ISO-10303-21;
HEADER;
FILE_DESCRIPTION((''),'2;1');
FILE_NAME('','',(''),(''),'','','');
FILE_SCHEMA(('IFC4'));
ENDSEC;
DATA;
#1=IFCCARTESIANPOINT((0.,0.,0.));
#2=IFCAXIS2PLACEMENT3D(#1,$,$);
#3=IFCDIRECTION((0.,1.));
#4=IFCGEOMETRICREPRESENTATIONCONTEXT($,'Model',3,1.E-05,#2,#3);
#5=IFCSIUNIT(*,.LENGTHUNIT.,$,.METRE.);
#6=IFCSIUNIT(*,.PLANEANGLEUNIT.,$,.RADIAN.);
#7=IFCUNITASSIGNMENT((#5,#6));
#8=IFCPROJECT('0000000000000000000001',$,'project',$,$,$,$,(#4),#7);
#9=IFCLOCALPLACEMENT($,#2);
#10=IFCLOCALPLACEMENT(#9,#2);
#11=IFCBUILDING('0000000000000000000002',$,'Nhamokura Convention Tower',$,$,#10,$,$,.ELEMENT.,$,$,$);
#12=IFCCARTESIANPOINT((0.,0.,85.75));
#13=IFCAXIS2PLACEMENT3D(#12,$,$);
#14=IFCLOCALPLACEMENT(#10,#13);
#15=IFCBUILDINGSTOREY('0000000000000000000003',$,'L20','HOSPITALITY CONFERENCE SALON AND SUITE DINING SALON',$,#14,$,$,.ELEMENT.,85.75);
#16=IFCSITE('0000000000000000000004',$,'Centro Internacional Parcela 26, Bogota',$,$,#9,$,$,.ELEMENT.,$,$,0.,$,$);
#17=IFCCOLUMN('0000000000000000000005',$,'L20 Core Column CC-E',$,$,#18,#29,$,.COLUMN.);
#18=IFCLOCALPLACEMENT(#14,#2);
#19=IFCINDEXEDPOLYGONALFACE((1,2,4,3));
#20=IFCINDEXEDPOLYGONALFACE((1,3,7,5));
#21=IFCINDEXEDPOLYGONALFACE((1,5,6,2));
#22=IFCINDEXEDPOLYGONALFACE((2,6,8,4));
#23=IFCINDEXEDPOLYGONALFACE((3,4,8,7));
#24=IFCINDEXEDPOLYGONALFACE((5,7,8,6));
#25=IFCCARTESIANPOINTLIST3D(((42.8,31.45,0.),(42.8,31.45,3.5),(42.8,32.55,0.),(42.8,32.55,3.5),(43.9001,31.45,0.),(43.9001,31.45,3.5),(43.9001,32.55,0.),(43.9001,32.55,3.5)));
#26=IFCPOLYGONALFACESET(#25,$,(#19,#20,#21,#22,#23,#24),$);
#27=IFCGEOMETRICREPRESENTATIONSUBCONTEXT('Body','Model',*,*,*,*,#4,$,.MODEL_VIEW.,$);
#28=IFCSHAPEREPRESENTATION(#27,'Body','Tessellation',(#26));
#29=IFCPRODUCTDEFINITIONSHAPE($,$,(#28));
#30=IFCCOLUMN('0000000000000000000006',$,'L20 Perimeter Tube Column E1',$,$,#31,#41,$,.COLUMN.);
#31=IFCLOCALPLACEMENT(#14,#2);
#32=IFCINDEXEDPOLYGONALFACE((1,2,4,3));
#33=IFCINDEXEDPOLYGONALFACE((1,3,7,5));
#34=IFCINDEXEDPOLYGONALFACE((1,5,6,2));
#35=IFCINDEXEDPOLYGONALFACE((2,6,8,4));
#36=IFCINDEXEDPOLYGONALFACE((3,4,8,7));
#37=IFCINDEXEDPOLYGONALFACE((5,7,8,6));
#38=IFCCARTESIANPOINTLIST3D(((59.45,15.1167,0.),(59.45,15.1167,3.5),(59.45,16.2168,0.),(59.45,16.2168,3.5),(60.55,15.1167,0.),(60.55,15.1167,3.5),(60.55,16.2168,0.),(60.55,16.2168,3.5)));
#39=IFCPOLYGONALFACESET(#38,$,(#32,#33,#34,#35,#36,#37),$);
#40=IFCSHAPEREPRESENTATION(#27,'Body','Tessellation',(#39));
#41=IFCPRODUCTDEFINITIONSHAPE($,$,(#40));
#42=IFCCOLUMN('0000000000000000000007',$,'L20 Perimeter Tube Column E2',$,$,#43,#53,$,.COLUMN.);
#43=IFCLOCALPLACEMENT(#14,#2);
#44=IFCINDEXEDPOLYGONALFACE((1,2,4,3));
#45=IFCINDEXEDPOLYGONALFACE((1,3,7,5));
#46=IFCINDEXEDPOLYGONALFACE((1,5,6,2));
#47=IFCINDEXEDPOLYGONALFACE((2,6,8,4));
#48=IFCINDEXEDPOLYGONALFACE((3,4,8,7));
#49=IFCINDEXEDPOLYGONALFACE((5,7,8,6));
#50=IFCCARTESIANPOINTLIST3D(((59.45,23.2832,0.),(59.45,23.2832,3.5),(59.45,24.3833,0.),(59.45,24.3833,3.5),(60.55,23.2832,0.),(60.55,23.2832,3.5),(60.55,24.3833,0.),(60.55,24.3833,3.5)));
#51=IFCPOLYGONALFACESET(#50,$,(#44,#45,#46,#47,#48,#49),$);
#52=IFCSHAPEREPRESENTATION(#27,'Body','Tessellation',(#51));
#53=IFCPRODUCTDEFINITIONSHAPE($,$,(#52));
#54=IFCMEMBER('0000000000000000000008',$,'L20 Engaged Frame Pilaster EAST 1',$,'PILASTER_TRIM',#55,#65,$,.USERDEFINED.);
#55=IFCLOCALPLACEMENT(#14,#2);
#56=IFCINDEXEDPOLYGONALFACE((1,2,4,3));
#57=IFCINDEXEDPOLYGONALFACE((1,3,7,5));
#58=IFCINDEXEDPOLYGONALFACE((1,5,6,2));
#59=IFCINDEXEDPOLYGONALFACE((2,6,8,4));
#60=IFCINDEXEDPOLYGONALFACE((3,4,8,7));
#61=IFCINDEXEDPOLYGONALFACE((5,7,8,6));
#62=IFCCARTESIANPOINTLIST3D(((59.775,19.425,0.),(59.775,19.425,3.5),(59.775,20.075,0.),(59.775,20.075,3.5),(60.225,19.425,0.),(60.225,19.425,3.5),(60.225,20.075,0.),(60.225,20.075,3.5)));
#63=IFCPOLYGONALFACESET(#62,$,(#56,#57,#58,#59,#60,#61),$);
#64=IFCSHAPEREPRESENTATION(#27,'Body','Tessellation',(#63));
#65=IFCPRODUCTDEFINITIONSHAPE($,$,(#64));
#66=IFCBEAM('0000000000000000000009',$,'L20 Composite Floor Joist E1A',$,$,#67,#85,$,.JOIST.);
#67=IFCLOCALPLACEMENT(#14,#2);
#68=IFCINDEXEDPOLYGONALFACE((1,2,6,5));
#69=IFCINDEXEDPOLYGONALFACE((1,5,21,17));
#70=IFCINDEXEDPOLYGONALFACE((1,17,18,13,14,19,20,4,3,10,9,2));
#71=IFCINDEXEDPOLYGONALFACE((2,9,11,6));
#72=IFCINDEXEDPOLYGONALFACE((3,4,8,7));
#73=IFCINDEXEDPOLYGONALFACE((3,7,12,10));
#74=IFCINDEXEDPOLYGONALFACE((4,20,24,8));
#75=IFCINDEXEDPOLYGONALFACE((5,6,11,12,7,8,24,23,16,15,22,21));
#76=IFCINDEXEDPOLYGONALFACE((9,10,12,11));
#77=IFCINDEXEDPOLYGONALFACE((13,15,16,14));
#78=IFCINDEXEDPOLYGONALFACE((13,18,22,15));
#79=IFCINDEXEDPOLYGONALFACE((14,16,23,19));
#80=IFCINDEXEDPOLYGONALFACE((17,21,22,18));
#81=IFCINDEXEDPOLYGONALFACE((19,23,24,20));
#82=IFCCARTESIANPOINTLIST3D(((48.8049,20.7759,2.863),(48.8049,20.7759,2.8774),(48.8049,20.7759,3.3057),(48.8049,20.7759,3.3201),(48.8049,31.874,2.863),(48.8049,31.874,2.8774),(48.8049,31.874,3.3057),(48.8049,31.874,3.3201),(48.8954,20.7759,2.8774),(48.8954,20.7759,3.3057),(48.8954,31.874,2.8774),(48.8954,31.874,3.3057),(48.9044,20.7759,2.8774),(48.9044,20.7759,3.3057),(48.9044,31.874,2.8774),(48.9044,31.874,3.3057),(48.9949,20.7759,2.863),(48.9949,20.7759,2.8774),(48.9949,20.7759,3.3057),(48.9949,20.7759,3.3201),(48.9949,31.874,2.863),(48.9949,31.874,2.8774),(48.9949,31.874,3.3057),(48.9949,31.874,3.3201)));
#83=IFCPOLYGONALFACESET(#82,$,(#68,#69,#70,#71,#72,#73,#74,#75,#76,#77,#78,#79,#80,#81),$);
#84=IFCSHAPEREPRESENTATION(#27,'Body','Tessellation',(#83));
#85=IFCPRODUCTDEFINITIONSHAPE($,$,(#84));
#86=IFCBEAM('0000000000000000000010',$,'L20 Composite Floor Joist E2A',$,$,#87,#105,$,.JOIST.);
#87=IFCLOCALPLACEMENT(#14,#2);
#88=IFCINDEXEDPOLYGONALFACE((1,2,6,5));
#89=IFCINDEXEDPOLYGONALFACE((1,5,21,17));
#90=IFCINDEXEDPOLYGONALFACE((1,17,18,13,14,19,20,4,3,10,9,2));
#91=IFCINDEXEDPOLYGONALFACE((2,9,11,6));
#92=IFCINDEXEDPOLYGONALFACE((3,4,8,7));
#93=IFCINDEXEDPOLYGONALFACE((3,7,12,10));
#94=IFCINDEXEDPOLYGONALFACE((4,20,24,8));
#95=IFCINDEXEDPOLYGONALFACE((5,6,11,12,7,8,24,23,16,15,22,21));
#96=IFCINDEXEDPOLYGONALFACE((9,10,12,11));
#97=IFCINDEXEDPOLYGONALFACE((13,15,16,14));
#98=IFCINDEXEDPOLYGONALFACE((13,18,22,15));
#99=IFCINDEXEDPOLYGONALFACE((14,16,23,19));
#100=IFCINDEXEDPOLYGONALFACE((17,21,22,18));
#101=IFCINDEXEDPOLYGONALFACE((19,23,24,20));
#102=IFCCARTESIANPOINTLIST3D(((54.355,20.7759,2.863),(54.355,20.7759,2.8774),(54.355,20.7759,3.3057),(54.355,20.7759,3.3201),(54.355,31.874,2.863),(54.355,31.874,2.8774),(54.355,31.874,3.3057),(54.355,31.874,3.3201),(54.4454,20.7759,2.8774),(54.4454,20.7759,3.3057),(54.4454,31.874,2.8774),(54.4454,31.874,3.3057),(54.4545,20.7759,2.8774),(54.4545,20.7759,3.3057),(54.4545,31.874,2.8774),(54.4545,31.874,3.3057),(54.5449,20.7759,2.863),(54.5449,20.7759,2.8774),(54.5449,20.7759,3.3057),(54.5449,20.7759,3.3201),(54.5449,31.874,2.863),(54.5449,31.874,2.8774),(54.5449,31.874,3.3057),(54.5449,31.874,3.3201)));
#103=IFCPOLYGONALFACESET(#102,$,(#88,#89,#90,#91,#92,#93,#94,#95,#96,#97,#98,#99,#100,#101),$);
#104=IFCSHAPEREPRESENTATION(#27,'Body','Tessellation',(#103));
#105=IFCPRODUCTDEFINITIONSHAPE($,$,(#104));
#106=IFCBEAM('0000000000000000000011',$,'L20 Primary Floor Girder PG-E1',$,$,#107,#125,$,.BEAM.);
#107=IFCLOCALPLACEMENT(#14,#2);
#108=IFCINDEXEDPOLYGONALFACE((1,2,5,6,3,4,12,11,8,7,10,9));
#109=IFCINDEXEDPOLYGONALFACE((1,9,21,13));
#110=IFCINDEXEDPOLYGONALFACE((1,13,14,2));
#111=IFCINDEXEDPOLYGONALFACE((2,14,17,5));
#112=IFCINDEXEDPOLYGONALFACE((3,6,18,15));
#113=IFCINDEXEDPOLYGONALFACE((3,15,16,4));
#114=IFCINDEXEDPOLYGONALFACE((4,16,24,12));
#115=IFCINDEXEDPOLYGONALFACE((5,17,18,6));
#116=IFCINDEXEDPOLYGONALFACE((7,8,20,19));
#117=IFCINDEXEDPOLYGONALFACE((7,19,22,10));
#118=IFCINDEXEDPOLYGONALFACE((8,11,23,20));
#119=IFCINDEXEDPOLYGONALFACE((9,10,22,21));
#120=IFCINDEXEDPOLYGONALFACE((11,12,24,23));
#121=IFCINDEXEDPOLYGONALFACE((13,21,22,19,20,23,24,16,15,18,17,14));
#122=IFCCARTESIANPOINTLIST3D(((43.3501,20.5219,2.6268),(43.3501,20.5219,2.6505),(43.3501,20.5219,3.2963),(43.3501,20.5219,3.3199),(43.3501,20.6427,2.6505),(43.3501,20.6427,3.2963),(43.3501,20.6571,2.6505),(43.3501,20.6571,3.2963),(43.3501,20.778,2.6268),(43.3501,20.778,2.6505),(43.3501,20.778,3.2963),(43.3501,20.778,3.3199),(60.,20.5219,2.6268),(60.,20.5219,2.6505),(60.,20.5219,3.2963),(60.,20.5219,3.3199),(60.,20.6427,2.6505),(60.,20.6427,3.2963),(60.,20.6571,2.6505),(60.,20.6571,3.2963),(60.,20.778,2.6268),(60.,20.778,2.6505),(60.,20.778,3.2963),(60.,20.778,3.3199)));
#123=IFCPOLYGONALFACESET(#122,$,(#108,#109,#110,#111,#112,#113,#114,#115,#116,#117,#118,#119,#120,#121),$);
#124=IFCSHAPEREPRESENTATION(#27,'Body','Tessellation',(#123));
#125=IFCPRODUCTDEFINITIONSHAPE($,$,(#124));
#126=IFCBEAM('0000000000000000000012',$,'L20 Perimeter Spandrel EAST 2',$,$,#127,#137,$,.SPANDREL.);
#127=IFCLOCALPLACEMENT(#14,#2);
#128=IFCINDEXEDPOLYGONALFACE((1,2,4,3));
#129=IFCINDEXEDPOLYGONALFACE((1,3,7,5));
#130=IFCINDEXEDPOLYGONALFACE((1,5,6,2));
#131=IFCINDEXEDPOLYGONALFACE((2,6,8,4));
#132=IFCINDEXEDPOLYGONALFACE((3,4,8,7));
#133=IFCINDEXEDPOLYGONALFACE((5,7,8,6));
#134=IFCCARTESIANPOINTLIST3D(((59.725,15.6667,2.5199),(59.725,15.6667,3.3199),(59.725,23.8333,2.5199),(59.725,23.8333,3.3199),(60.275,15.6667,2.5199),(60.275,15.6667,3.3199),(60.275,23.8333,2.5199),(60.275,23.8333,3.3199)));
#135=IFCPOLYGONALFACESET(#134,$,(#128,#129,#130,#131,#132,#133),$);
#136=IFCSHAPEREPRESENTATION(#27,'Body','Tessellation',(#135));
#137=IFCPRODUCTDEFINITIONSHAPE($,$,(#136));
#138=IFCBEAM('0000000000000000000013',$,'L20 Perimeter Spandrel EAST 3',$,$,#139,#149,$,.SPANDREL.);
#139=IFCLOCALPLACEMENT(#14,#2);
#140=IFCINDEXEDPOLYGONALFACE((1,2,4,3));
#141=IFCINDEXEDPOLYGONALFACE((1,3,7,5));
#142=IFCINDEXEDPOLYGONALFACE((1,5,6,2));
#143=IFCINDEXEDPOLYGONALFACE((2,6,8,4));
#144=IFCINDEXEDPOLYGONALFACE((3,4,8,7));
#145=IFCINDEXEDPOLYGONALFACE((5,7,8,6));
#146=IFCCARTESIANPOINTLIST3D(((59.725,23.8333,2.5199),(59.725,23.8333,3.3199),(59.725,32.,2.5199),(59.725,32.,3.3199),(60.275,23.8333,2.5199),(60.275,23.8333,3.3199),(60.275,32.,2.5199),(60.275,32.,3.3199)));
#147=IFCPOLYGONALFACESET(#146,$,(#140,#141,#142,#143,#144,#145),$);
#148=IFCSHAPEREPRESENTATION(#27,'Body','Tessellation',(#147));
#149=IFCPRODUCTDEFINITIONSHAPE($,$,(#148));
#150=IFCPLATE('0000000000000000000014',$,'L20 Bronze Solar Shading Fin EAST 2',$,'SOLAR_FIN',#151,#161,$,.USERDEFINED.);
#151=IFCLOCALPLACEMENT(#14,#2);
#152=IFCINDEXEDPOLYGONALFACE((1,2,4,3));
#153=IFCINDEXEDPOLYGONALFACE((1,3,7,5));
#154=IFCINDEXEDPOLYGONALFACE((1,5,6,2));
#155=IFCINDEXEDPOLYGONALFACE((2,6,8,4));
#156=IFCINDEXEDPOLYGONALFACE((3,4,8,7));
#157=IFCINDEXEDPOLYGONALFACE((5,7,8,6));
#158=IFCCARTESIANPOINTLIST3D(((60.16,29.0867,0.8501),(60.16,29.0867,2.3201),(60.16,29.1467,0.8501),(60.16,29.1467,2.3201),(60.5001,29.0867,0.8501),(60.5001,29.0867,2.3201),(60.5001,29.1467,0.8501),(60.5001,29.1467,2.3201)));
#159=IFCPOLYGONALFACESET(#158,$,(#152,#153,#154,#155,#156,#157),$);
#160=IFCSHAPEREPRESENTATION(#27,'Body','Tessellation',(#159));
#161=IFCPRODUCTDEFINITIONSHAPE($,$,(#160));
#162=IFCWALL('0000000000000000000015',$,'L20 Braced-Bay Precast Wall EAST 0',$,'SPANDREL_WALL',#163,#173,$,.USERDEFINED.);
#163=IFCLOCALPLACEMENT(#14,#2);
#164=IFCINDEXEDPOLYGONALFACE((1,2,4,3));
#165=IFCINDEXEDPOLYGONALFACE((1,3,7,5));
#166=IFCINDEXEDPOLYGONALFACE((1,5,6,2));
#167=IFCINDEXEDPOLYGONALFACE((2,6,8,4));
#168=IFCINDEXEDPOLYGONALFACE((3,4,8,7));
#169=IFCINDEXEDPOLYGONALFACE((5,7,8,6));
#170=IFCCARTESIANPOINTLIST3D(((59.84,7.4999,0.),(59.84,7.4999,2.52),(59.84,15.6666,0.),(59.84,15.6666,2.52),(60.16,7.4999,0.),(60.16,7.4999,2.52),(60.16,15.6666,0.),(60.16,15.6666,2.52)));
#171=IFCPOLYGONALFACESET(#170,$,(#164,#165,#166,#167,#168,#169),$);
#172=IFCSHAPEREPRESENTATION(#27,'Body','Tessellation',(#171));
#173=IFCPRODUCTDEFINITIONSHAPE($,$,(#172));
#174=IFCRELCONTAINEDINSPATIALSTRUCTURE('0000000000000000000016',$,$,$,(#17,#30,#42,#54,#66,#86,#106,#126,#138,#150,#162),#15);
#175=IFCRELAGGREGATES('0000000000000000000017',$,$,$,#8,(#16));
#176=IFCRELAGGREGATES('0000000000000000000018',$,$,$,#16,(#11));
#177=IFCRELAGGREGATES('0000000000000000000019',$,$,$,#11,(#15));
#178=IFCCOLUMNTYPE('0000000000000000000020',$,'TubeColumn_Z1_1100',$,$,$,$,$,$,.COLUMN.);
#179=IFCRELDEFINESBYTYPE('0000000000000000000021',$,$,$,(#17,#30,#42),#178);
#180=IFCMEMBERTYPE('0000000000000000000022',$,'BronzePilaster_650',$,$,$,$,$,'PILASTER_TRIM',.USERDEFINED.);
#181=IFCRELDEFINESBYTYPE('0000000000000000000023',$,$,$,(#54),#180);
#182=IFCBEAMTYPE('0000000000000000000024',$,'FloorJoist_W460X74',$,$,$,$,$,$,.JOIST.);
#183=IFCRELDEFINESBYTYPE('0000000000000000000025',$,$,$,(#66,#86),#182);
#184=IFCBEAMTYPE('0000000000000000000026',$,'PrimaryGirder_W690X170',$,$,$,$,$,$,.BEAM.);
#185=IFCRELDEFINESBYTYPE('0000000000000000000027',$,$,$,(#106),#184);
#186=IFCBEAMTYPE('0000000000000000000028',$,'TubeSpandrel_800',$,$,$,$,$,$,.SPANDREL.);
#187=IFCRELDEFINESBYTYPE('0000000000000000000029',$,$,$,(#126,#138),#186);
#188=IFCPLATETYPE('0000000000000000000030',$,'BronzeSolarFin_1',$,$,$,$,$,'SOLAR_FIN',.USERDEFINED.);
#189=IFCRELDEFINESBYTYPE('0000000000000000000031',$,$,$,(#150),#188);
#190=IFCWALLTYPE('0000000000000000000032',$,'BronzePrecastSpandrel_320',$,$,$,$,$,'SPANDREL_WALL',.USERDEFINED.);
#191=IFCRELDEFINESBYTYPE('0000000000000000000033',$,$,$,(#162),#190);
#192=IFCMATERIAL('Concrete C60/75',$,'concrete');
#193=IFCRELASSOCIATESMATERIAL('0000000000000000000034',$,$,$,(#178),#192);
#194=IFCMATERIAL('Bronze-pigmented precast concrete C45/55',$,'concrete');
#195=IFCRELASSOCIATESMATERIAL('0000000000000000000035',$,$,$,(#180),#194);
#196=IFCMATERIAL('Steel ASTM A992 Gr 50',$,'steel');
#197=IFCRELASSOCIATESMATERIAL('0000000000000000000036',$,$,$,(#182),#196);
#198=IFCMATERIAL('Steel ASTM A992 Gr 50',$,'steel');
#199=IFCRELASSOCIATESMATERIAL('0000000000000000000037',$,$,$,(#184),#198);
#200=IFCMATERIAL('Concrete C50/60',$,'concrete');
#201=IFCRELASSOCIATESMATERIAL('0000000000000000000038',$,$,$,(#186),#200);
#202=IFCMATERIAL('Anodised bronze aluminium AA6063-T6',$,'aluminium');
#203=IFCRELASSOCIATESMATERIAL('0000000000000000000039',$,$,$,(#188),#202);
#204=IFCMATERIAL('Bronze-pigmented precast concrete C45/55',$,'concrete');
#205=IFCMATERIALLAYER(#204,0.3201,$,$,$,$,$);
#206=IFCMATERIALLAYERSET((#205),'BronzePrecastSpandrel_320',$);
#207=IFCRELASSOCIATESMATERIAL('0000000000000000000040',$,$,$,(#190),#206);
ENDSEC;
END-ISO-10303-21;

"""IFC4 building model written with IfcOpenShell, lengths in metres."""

from ifc_helpers import new_model, si_unit, direction, frame, frame_2d, origin, origin_2d, place, context, subcontext, project, spatial, rectangle, i_section, extrude, material, layer, layer_set, material_profile, profile_set, type_object, element, save


model = new_model("IFC4")

# Units and contexts
model_context = context("Model", 3, precision=1e-05, world=origin(), true_north=direction((0.0, 1.0)))
body_context = subcontext(model_context, "Body", "Model", "MODEL_VIEW")
ifc_project = project(units=[si_unit("LENGTHUNIT", "METRE"), si_unit("PLANEANGLEUNIT", "RADIAN")], contexts=[model_context])

# Site, building, storey
site_placement = place(None, origin())
site = spatial("IfcSite", under=ifc_project, at=site_placement, Name="Centro Internacional Parcela 26, Bogota", CompositionType="ELEMENT", RefElevation=0.0)
building_placement = place(site_placement, origin())
building = spatial("IfcBuilding", under=site, at=building_placement, Name="Nhamokura Convention Tower", CompositionType="ELEMENT")
storey_placement = place(building_placement, frame((0.0, 0.0, 85.75)))
storey = spatial("IfcBuildingStorey", under=building, at=storey_placement, Name="L20", Description="HOSPITALITY CONFERENCE SALON AND SUITE DINING SALON", CompositionType="ELEMENT", Elevation=85.75)

# Columns
ifc_material_1 = material(Name="Concrete C60/75", Category="concrete")
ifc_material_profile_1 = material_profile(ifc_material_1, rectangle(XDim=1.1001, YDim=1.1001, at=origin_2d()))
ifc_profile_set_1 = profile_set([ifc_material_profile_1], Name="Concrete C60/75")
column_type = type_object("IfcColumnType", Name="TubeColumn_Z1_1100", PredefinedType="COLUMN", material=ifc_profile_set_1)
for number, where, z_axis, x_axis, name in (
    (1, (43.3501, 32.0, 0.0), (0.0, 0.0, 1.0), (1.0, 0.0, 0.0), "L20 Core Column CC-E"),
    (2, (60.0, 15.6667, 0.0), (0.0, 0.0, 1.0), (1.0, 0.0, 0.0), "L20 Perimeter Tube Column E1"),
    (3, (60.0, 23.8333, 0.0), (0.0, 0.0, 1.0), (1.0, 0.0, 0.0), "L20 Perimeter Tube Column E2"),
):
    element("IfcColumn", number, at=place(storey_placement, frame(where, z_axis=z_axis, x_axis=x_axis)), inside=storey, type_object=column_type, Name=name, PredefinedType="COLUMN", context=body_context, shape_type="SweptSolid", body=[
        extrude(rectangle(XDim=1.1001, YDim=1.1001, at=origin_2d()), origin(), (0.0, 0.0, 1.0), 3.5),
    ])

# Member
ifc_material_2 = material(Name="Bronze-pigmented precast concrete C45/55", Category="concrete")
ifc_material_profile_2 = material_profile(ifc_material_2, rectangle(XDim=0.45, YDim=0.6499, at=origin_2d()))
ifc_profile_set_2 = profile_set([ifc_material_profile_2], Name="Bronze-pigmented precast concrete C45/55")
member_type = type_object("IfcMemberType", Name="BronzePilaster_650", ElementType="PILASTER_TRIM", PredefinedType="USERDEFINED", material=ifc_profile_set_2)
member_placement = place(storey_placement, frame((60.0, 19.75, 0.0), z_axis=(0.0, 0.0, 1.0), x_axis=(1.0, 0.0, 0.0)))
element("IfcMember", 4, at=member_placement, inside=storey, type_object=member_type, Name="L20 Engaged Frame Pilaster EAST 1", ObjectType="PILASTER_TRIM", PredefinedType="USERDEFINED", context=body_context, shape_type="SweptSolid", body=[
    extrude(rectangle(XDim=0.45, YDim=0.6499, at=origin_2d()), origin(), (0.0, 0.0, 1.0), 3.5),
])

# Beams
ifc_material_3 = material(Name="Steel ASTM A992 Gr 50", Category="steel")
ifc_material_profile_3 = material_profile(ifc_material_3, i_section(OverallWidth=0.1899, OverallDepth=0.457, WebThickness=0.009, FlangeThickness=0.0144, at=origin_2d()))
ifc_profile_set_3 = profile_set([ifc_material_profile_3], Name="Steel ASTM A992 Gr 50")
beam_type_1 = type_object("IfcBeamType", Name="FloorJoist_W460X74", PredefinedType="JOIST", material=ifc_profile_set_3)
for number, where, z_axis, x_axis, name in (
    (5, (48.8999, 20.7759, 3.0916), (0.0, 1.0, 0.0), (-1.0, 0.0, 0.0), "L20 Composite Floor Joist E1A"),
    (6, (54.45, 20.7759, 3.0916), (0.0, 1.0, 0.0), (-1.0, 0.0, 0.0), "L20 Composite Floor Joist E2A"),
):
    element("IfcBeam", number, at=place(storey_placement, frame(where, z_axis=z_axis, x_axis=x_axis)), inside=storey, type_object=beam_type_1, Name=name, PredefinedType="JOIST", context=body_context, shape_type="SweptSolid", body=[
        extrude(i_section(OverallWidth=0.1899, OverallDepth=0.457, WebThickness=0.009, FlangeThickness=0.0144, at=origin_2d()), origin(), (0.0, 0.0, 1.0), 11.0981),
    ])
ifc_material_4 = material(Name="Steel ASTM A992 Gr 50", Category="steel")
ifc_material_profile_4 = material_profile(ifc_material_4, i_section(OverallWidth=0.2561, OverallDepth=0.6931, WebThickness=0.0144, FlangeThickness=0.0237, at=origin_2d()))
ifc_profile_set_4 = profile_set([ifc_material_profile_4], Name="Steel ASTM A992 Gr 50")
beam_type_2 = type_object("IfcBeamType", Name="PrimaryGirder_W690X170", PredefinedType="BEAM", material=ifc_profile_set_4)
beam_1_placement = place(storey_placement, frame((43.3501, 20.6499, 2.9734), z_axis=(1.0, 0.0, 0.0), x_axis=(0.0, 1.0, 0.0)))
element("IfcBeam", 7, at=beam_1_placement, inside=storey, type_object=beam_type_2, Name="L20 Primary Floor Girder PG-E1", PredefinedType="BEAM", context=body_context, shape_type="SweptSolid", body=[
    extrude(i_section(OverallWidth=0.2561, OverallDepth=0.6931, WebThickness=0.0144, FlangeThickness=0.0237, at=origin_2d()), origin(), (0.0, 0.0, 1.0), 16.6499),
])
ifc_material_5 = material(Name="Concrete C50/60", Category="concrete")
ifc_material_profile_5 = material_profile(ifc_material_5, rectangle(XDim=0.55, YDim=0.8, at=origin_2d()))
ifc_profile_set_5 = profile_set([ifc_material_profile_5], Name="Concrete C50/60")
beam_type_3 = type_object("IfcBeamType", Name="TubeSpandrel_800", PredefinedType="SPANDREL", material=ifc_profile_set_5)
beam_2_placement = place(storey_placement, frame((60.0, 15.6667, 2.9199), z_axis=(0.0, 1.0, 0.0), x_axis=(-1.0, 0.0, 0.0)))
element("IfcBeam", 8, at=beam_2_placement, inside=storey, type_object=beam_type_3, Name="L20 Perimeter Spandrel EAST 2", PredefinedType="SPANDREL", context=body_context, shape_type="SweptSolid", body=[
    extrude(rectangle(XDim=0.55, YDim=0.8, at=origin_2d()), origin(), (0.0, 0.0, 1.0), 8.1665),
])
beam_3_placement = place(storey_placement, frame((60.0, 23.8333, 2.9199), z_axis=(0.0, 1.0, 0.0), x_axis=(-1.0, 0.0, 0.0)))
element("IfcBeam", 9, at=beam_3_placement, inside=storey, type_object=beam_type_3, Name="L20 Perimeter Spandrel EAST 3", PredefinedType="SPANDREL", context=body_context, shape_type="SweptSolid", body=[
    extrude(rectangle(XDim=0.55, YDim=0.8, at=origin_2d()), origin(), (0.0, 0.0, 1.0), 8.1667),
])

# Plate
ifc_material_6 = material(Name="Anodised bronze aluminium AA6063-T6", Category="aluminium")
plate_type = type_object("IfcPlateType", Name="BronzeSolarFin_1", ElementType="SOLAR_FIN", PredefinedType="USERDEFINED", material=ifc_material_6)
plate_placement = place(storey_placement, frame((60.3301, 29.1167, 0.8501), z_axis=(0.0, 0.0, 1.0), x_axis=(1.0, 0.0, 0.0)))
element("IfcPlate", 10, at=plate_placement, inside=storey, type_object=plate_type, Name="L20 Bronze Solar Shading Fin EAST 2", ObjectType="SOLAR_FIN", PredefinedType="USERDEFINED", context=body_context, shape_type="SweptSolid", body=[
    extrude(rectangle(XDim=0.3401, YDim=0.0601, at=origin_2d()), origin(), (0.0, 0.0, 1.0), 1.47),
])

# Wall
ifc_material_7 = material(Name="Bronze-pigmented precast concrete C45/55", Category="concrete")
ifc_layer_1 = layer(ifc_material_7, 0.3201)
ifc_layer_set_1 = layer_set([ifc_layer_1], Name="BronzePrecastSpandrel_320")
wall_type_1 = type_object("IfcWallType", Name="BronzePrecastSpandrel_320", ElementType="SPANDREL_WALL", PredefinedType="USERDEFINED", material=ifc_layer_set_1)
wall_1_placement = place(storey_placement, frame((60.0, 15.6667, 0.0), z_axis=(0.0, 0.0, 1.0), x_axis=(0.0, -1.0, 0.0)))
element("IfcWall", 11, at=wall_1_placement, inside=storey, type_object=wall_type_1, Name="L20 Braced-Bay Precast Wall EAST 0", ObjectType="SPANDREL_WALL", PredefinedType="USERDEFINED", context=body_context, shape_type="SweptSolid", body=[
    extrude(rectangle(XDim=8.1667, YDim=0.3201, at=frame_2d((4.0835, 0.0))), origin(), (0.0, 0.0, 1.0), 2.52),
])

save(model, "model.ifc")
